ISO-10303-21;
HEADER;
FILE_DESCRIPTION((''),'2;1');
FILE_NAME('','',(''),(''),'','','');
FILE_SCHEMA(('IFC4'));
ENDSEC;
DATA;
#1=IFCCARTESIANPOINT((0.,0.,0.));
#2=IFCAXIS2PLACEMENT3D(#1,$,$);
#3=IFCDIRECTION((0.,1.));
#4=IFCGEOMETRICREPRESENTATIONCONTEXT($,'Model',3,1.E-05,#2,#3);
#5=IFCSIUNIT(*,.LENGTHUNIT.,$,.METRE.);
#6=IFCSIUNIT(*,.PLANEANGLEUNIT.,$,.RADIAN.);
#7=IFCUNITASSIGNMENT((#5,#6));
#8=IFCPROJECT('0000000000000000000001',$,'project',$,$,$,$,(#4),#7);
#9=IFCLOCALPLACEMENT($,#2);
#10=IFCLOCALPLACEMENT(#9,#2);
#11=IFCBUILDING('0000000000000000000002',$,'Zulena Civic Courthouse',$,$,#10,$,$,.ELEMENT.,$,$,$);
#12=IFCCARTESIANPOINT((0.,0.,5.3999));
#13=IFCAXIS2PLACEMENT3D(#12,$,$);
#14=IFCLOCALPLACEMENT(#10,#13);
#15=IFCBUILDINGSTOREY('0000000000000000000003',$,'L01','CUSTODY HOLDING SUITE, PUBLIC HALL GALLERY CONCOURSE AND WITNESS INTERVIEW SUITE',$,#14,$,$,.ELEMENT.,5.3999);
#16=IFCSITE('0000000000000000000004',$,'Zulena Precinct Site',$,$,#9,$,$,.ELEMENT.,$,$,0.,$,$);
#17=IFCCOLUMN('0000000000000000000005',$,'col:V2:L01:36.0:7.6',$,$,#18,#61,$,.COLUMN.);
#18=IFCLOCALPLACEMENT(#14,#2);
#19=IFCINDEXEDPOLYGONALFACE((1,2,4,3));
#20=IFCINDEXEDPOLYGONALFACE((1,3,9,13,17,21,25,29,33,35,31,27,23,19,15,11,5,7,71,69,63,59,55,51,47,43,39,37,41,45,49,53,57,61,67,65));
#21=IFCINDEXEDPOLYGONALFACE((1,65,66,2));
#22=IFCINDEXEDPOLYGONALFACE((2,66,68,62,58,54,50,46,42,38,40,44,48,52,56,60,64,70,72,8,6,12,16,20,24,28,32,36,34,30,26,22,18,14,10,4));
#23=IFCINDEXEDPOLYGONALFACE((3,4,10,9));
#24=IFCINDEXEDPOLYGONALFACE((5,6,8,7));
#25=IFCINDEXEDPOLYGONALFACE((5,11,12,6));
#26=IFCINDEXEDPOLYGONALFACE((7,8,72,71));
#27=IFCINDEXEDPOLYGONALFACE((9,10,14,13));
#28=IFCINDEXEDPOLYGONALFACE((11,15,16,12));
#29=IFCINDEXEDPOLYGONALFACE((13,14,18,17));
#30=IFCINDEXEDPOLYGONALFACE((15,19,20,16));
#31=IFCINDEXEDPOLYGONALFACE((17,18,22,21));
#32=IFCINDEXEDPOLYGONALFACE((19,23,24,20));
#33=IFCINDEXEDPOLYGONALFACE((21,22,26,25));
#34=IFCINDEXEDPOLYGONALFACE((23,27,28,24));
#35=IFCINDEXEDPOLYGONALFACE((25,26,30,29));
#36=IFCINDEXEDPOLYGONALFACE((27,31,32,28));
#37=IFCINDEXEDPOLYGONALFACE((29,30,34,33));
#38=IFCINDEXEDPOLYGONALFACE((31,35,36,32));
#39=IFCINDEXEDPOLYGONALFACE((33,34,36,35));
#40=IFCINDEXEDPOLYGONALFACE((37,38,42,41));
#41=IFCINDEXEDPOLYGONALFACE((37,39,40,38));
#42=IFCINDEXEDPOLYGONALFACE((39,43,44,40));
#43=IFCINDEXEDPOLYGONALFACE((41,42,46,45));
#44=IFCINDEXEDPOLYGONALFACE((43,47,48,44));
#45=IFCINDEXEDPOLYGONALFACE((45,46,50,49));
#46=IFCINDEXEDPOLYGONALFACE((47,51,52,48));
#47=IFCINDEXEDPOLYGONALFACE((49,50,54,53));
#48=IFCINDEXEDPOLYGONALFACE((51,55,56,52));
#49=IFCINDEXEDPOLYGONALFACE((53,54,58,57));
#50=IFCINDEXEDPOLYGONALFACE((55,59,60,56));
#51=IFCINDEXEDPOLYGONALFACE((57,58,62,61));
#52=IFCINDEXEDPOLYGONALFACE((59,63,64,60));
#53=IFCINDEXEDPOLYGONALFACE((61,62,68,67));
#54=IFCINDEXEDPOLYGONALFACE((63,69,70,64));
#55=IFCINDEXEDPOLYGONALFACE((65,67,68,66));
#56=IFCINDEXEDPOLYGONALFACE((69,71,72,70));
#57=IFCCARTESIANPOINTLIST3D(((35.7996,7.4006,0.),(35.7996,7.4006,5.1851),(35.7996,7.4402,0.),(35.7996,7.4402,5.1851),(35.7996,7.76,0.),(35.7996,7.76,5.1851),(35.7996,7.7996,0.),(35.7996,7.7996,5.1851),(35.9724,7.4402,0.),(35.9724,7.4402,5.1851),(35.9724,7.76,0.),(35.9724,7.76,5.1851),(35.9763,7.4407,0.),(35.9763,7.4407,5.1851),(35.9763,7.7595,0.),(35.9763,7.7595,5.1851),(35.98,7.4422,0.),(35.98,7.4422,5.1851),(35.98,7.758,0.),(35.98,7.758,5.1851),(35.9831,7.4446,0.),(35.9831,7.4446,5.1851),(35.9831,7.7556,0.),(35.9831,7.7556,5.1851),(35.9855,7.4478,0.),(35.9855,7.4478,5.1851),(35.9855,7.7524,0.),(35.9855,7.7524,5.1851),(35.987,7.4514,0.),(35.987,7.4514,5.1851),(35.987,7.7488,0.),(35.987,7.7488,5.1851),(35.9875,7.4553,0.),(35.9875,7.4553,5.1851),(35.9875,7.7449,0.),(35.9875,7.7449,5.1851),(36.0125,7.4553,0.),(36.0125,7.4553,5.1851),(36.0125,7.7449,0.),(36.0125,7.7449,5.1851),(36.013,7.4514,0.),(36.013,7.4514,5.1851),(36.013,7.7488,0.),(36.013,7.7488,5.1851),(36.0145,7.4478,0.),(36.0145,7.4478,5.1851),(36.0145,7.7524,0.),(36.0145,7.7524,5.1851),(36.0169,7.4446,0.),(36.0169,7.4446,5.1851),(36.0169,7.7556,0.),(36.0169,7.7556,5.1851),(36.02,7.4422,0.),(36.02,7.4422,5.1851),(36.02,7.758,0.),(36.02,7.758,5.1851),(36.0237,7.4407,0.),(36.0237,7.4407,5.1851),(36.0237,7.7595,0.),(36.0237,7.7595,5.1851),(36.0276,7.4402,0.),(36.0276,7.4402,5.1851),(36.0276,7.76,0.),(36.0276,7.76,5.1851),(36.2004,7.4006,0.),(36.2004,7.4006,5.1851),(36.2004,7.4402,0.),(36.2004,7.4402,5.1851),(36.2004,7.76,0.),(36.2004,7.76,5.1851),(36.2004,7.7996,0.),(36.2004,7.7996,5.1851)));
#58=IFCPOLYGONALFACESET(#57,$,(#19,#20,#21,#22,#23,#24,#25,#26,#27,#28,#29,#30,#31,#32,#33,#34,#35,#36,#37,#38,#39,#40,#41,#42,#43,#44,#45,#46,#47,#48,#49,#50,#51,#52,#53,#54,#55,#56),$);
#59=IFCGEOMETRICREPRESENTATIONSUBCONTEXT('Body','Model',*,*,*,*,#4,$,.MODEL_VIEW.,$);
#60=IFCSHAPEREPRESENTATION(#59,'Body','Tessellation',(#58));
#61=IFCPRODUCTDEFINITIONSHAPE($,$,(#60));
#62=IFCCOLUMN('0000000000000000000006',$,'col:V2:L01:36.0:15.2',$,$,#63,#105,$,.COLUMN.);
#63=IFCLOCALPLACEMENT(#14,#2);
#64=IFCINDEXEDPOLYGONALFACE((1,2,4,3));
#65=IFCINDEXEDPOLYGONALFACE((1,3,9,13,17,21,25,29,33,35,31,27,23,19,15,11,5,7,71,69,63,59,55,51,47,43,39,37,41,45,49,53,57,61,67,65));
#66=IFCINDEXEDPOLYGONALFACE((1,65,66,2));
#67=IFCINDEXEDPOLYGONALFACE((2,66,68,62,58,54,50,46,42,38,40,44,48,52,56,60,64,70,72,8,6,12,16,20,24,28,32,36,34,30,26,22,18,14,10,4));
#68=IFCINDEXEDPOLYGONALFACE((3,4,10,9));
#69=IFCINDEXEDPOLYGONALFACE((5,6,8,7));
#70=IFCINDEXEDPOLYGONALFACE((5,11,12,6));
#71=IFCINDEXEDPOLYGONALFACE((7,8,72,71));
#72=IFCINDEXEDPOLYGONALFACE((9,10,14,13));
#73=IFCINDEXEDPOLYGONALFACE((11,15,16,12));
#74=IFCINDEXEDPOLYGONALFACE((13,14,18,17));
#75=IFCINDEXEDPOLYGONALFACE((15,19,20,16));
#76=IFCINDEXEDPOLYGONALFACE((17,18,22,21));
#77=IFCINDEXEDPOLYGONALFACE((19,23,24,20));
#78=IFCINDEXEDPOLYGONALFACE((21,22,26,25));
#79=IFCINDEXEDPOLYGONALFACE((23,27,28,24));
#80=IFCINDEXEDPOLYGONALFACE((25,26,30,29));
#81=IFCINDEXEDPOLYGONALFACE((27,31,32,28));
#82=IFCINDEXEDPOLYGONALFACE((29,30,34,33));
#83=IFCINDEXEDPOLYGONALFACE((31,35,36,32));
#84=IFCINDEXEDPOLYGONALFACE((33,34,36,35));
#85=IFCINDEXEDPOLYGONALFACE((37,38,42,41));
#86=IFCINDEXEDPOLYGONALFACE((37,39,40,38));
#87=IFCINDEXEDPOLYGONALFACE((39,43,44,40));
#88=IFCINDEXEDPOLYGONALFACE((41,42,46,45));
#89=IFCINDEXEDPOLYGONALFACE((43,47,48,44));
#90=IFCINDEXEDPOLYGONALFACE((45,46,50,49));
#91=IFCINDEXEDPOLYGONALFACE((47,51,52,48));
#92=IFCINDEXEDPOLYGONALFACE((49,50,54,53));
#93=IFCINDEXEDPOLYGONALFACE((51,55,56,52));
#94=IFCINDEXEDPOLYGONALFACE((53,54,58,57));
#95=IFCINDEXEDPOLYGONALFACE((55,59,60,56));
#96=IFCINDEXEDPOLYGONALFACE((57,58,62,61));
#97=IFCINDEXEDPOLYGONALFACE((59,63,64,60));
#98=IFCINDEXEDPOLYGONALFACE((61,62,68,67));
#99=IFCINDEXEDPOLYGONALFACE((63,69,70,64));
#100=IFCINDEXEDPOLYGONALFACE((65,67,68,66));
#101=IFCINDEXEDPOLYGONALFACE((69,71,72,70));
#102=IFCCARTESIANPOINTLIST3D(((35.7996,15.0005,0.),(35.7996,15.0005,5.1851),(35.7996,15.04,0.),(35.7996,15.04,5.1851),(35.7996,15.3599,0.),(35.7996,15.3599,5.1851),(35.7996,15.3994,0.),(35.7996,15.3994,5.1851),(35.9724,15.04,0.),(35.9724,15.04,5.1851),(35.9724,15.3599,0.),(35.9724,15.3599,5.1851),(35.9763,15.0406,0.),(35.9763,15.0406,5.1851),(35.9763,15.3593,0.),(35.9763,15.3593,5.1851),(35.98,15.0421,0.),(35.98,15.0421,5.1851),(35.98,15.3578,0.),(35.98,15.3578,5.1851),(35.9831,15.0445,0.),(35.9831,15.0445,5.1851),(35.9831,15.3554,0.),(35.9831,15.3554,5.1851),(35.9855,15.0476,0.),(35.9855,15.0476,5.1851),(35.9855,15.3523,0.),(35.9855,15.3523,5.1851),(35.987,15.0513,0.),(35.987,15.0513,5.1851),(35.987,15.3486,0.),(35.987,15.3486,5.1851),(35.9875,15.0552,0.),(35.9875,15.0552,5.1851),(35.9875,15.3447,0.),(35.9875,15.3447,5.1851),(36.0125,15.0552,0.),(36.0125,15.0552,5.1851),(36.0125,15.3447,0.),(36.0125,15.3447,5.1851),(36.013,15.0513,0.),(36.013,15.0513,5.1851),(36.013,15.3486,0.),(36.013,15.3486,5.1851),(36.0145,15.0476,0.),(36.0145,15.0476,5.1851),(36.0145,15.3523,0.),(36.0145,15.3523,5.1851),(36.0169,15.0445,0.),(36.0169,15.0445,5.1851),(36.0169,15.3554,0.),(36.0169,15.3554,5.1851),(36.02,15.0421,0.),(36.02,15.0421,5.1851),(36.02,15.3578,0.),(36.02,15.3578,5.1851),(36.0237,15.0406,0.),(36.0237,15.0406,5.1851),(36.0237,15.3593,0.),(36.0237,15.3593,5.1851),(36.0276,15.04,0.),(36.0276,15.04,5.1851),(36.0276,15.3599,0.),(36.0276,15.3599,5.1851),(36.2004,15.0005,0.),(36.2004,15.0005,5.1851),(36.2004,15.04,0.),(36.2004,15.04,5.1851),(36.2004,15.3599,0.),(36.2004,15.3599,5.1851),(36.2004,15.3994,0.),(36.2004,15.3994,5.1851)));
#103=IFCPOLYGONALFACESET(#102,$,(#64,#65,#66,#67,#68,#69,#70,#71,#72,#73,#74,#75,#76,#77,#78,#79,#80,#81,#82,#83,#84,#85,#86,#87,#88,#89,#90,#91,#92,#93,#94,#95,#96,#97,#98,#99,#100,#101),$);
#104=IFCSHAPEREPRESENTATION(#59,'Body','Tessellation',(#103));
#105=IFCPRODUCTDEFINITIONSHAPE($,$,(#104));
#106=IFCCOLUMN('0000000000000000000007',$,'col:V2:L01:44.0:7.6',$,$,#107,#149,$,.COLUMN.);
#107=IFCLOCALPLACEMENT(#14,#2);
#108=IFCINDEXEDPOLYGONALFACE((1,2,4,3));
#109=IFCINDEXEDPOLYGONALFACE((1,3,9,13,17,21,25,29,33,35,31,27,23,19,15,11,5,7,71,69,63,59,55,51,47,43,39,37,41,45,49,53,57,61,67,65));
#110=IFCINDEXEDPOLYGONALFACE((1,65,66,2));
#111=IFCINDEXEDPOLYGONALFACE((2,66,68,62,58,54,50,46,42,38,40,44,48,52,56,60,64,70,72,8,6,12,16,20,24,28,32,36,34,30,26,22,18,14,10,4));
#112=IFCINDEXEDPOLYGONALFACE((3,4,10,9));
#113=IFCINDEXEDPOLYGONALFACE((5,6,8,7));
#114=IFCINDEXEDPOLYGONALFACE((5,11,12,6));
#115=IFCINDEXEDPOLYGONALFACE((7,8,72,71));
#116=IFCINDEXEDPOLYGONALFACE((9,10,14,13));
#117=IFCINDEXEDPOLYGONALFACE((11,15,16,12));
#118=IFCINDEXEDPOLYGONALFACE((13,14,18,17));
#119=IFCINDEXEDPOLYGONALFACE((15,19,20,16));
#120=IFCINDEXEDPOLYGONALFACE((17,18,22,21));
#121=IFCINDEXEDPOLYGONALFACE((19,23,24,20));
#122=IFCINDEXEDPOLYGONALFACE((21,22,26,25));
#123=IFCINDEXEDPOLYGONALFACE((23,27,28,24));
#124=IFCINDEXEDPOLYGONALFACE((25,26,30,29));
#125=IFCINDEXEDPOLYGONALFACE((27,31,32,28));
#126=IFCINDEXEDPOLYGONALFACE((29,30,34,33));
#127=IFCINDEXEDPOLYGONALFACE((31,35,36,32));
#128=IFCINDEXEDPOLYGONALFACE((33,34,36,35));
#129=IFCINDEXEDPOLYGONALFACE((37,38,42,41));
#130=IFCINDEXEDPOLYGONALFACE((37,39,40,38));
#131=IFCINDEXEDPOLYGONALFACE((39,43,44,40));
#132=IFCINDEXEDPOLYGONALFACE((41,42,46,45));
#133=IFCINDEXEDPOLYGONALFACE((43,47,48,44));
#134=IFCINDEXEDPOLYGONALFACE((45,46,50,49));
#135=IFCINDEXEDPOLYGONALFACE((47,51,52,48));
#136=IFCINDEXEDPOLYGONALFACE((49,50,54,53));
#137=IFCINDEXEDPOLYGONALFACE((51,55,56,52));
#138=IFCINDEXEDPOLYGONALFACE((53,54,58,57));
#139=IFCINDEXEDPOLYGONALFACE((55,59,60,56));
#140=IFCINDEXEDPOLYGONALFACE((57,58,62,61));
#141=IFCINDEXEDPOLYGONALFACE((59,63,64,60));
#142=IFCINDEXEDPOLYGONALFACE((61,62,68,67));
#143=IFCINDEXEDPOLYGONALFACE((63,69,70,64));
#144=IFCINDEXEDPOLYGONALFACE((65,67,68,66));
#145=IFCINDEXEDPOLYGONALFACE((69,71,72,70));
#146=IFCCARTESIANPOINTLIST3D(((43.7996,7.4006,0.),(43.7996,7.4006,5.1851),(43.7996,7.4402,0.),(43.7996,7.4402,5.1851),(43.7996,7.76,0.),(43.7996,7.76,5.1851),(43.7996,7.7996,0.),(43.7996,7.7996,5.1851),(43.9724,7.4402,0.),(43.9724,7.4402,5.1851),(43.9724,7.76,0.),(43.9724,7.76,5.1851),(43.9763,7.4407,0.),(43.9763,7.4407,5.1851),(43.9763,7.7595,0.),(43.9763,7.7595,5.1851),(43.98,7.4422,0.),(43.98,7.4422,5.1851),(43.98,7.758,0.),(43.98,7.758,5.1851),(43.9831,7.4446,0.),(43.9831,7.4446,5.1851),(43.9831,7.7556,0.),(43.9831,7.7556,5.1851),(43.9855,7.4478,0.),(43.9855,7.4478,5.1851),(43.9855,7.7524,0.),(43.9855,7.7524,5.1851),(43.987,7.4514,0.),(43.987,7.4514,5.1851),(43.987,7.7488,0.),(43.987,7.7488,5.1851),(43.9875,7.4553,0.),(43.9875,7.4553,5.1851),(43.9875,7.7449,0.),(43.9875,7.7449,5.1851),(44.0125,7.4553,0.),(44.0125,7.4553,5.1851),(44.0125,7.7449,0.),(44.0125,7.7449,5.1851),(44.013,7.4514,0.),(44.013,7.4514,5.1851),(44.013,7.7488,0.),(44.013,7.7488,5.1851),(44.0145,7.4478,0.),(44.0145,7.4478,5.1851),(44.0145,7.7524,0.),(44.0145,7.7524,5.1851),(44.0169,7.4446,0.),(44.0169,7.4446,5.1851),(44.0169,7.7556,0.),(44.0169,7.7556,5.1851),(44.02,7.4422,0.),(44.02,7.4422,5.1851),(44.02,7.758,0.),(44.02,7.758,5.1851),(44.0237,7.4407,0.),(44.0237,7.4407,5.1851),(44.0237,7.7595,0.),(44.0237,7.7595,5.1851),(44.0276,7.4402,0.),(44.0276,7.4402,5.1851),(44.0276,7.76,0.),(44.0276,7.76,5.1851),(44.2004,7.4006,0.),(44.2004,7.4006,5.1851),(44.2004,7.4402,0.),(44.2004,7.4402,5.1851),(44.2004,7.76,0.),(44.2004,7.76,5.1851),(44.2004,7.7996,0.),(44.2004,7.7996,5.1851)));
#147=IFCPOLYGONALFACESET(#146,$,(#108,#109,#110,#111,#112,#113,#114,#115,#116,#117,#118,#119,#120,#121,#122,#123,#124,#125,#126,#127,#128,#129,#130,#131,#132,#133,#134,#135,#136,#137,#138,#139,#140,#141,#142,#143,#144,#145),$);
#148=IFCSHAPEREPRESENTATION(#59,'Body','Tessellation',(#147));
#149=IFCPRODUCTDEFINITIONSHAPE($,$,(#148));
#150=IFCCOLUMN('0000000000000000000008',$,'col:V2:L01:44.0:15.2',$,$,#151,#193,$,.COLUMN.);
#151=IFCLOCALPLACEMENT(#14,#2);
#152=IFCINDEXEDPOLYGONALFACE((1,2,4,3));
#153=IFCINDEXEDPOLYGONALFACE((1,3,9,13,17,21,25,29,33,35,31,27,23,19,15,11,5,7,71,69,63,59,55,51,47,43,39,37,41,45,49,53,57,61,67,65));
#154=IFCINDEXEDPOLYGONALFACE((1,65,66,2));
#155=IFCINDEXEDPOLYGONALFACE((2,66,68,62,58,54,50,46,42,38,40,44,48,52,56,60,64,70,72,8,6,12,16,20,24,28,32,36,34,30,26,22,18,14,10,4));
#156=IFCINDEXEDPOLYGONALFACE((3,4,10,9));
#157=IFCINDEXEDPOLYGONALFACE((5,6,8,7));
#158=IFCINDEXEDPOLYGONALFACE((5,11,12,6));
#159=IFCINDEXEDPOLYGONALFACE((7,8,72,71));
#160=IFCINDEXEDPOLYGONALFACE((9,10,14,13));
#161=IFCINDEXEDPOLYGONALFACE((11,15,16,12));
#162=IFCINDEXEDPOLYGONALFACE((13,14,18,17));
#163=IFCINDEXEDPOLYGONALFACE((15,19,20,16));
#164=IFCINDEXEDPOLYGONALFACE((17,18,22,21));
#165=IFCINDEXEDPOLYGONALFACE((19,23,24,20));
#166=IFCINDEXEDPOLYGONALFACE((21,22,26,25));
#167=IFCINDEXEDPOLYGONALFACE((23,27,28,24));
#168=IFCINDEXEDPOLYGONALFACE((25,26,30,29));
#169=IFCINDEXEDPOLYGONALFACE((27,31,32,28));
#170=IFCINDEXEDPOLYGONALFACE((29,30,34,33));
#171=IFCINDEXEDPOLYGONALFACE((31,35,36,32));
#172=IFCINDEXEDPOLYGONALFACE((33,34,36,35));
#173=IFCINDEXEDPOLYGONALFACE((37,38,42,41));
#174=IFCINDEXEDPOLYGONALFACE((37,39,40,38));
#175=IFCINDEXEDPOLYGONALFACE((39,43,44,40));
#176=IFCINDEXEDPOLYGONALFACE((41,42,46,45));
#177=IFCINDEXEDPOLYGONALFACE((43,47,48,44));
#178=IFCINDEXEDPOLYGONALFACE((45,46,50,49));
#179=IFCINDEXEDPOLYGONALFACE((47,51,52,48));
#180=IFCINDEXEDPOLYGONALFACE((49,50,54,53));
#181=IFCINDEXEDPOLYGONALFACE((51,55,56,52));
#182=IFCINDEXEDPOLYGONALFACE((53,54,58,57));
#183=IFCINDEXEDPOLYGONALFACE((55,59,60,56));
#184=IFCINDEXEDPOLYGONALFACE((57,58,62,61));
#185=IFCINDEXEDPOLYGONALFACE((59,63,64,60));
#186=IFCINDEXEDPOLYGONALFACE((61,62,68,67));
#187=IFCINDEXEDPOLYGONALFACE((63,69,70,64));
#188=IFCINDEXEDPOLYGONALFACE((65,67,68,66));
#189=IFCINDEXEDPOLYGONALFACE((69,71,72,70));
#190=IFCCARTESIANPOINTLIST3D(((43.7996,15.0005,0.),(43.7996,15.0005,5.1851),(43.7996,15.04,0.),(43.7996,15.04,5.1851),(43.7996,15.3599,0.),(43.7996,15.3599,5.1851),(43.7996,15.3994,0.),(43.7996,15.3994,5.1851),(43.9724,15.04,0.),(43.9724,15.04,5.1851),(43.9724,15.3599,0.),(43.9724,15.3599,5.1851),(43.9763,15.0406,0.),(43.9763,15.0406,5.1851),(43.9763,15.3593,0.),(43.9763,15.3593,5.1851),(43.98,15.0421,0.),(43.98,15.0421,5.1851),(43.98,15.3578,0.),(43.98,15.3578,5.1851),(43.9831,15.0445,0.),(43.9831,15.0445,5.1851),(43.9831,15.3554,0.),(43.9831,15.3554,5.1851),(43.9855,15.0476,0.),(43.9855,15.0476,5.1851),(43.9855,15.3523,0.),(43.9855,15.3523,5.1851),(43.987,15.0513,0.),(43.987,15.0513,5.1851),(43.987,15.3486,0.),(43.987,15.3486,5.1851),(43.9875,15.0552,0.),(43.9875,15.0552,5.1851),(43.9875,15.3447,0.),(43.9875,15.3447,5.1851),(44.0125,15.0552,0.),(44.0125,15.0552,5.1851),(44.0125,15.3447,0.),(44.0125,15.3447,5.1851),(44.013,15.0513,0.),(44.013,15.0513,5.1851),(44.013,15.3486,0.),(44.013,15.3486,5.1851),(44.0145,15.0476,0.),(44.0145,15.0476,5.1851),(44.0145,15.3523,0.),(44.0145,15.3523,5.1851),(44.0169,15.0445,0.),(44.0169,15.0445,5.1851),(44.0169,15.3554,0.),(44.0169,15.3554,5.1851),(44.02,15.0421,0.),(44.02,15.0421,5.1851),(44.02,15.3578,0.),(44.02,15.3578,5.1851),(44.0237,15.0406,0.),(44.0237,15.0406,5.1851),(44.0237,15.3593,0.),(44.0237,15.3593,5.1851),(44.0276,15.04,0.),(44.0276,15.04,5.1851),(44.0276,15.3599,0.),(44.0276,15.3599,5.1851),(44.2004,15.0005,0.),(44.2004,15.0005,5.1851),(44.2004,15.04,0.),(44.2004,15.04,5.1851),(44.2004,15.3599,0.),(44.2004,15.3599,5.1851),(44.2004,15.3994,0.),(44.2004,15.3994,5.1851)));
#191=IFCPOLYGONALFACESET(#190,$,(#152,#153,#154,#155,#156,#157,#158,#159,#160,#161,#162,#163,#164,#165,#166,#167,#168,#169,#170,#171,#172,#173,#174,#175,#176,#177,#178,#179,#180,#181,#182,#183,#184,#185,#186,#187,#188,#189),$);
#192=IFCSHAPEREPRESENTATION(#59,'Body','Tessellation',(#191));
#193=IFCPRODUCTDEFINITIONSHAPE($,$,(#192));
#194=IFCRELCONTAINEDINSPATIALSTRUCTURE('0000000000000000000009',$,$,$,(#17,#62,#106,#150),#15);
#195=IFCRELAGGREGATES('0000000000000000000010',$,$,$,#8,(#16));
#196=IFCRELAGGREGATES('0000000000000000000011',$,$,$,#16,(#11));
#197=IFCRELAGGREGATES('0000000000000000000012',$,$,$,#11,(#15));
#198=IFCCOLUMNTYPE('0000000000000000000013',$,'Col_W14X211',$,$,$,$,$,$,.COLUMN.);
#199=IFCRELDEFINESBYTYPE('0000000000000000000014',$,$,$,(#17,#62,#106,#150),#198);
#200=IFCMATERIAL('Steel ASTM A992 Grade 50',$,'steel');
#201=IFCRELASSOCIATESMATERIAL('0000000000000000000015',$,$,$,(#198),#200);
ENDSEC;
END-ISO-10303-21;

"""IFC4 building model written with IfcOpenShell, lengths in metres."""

from ifc_helpers import new_model, si_unit, direction, frame, origin, origin_2d, place, context, subcontext, project, spatial, i_section, extrude, material, material_profile, profile_set, type_object, element, save


model = new_model("IFC4")

# Units and contexts
model_context = context("Model", 3, precision=1e-05, world=origin(), true_north=direction((0.0, 1.0)))
body_context = subcontext(model_context, "Body", "Model", "MODEL_VIEW")
ifc_project = project(units=[si_unit("LENGTHUNIT", "METRE"), si_unit("PLANEANGLEUNIT", "RADIAN")], contexts=[model_context])

# Site, building, storey
site_placement = place(None, origin())
site = spatial("IfcSite", under=ifc_project, at=site_placement, Name="Zulena Precinct Site", CompositionType="ELEMENT", RefElevation=0.0)
building_placement = place(site_placement, origin())
building = spatial("IfcBuilding", under=site, at=building_placement, Name="Zulena Civic Courthouse", CompositionType="ELEMENT")
storey_placement = place(building_placement, frame((0.0, 0.0, 5.3999)))
storey = spatial("IfcBuildingStorey", under=building, at=storey_placement, Name="L01", Description="CUSTODY HOLDING SUITE, PUBLIC HALL GALLERY CONCOURSE AND WITNESS INTERVIEW SUITE", CompositionType="ELEMENT", Elevation=5.3999)

# Columns
ifc_material_1 = material(Name="Steel ASTM A992 Grade 50", Category="steel")
ifc_material_profile_1 = material_profile(ifc_material_1, i_section(OverallWidth=0.4009, OverallDepth=0.3989, WebThickness=0.0249, FlangeThickness=0.0396, FilletRadius=0.0151, at=origin_2d()), Name="W14X211")
ifc_profile_set_1 = profile_set([ifc_material_profile_1], Name="Steel ASTM A992 Grade 50")
column_type_1 = type_object("IfcColumnType", Name="Col_W14X211", PredefinedType="COLUMN", material=ifc_profile_set_1)
for number, where, z_axis, x_axis, name in (
    (1, (36.0, 7.6001, 0.0), (0.0, 0.0, 1.0), (1.0, 0.0, 0.0), "col:V2:L01:36.0:7.6"),
    (2, (36.0, 15.2, 0.0), (0.0, 0.0, 1.0), (1.0, 0.0, 0.0), "col:V2:L01:36.0:15.2"),
    (3, (44.0, 7.6001, 0.0), (0.0, 0.0, 1.0), (1.0, 0.0, 0.0), "col:V2:L01:44.0:7.6"),
    (4, (44.0, 15.2, 0.0), (0.0, 0.0, 1.0), (1.0, 0.0, 0.0), "col:V2:L01:44.0:15.2"),
):
    element("IfcColumn", number, at=place(storey_placement, frame(where, z_axis=z_axis, x_axis=x_axis)), inside=storey, type_object=column_type_1, Name=name, PredefinedType="COLUMN", context=body_context, shape_type="SweptSolid", body=[
        extrude(i_section(OverallWidth=0.4009, OverallDepth=0.3989, WebThickness=0.0249, FlangeThickness=0.0396, FilletRadius=0.0151, at=origin_2d()), origin(), (0.0, 0.0, 1.0), 5.1851),
    ])

save(model, "model.ifc")
